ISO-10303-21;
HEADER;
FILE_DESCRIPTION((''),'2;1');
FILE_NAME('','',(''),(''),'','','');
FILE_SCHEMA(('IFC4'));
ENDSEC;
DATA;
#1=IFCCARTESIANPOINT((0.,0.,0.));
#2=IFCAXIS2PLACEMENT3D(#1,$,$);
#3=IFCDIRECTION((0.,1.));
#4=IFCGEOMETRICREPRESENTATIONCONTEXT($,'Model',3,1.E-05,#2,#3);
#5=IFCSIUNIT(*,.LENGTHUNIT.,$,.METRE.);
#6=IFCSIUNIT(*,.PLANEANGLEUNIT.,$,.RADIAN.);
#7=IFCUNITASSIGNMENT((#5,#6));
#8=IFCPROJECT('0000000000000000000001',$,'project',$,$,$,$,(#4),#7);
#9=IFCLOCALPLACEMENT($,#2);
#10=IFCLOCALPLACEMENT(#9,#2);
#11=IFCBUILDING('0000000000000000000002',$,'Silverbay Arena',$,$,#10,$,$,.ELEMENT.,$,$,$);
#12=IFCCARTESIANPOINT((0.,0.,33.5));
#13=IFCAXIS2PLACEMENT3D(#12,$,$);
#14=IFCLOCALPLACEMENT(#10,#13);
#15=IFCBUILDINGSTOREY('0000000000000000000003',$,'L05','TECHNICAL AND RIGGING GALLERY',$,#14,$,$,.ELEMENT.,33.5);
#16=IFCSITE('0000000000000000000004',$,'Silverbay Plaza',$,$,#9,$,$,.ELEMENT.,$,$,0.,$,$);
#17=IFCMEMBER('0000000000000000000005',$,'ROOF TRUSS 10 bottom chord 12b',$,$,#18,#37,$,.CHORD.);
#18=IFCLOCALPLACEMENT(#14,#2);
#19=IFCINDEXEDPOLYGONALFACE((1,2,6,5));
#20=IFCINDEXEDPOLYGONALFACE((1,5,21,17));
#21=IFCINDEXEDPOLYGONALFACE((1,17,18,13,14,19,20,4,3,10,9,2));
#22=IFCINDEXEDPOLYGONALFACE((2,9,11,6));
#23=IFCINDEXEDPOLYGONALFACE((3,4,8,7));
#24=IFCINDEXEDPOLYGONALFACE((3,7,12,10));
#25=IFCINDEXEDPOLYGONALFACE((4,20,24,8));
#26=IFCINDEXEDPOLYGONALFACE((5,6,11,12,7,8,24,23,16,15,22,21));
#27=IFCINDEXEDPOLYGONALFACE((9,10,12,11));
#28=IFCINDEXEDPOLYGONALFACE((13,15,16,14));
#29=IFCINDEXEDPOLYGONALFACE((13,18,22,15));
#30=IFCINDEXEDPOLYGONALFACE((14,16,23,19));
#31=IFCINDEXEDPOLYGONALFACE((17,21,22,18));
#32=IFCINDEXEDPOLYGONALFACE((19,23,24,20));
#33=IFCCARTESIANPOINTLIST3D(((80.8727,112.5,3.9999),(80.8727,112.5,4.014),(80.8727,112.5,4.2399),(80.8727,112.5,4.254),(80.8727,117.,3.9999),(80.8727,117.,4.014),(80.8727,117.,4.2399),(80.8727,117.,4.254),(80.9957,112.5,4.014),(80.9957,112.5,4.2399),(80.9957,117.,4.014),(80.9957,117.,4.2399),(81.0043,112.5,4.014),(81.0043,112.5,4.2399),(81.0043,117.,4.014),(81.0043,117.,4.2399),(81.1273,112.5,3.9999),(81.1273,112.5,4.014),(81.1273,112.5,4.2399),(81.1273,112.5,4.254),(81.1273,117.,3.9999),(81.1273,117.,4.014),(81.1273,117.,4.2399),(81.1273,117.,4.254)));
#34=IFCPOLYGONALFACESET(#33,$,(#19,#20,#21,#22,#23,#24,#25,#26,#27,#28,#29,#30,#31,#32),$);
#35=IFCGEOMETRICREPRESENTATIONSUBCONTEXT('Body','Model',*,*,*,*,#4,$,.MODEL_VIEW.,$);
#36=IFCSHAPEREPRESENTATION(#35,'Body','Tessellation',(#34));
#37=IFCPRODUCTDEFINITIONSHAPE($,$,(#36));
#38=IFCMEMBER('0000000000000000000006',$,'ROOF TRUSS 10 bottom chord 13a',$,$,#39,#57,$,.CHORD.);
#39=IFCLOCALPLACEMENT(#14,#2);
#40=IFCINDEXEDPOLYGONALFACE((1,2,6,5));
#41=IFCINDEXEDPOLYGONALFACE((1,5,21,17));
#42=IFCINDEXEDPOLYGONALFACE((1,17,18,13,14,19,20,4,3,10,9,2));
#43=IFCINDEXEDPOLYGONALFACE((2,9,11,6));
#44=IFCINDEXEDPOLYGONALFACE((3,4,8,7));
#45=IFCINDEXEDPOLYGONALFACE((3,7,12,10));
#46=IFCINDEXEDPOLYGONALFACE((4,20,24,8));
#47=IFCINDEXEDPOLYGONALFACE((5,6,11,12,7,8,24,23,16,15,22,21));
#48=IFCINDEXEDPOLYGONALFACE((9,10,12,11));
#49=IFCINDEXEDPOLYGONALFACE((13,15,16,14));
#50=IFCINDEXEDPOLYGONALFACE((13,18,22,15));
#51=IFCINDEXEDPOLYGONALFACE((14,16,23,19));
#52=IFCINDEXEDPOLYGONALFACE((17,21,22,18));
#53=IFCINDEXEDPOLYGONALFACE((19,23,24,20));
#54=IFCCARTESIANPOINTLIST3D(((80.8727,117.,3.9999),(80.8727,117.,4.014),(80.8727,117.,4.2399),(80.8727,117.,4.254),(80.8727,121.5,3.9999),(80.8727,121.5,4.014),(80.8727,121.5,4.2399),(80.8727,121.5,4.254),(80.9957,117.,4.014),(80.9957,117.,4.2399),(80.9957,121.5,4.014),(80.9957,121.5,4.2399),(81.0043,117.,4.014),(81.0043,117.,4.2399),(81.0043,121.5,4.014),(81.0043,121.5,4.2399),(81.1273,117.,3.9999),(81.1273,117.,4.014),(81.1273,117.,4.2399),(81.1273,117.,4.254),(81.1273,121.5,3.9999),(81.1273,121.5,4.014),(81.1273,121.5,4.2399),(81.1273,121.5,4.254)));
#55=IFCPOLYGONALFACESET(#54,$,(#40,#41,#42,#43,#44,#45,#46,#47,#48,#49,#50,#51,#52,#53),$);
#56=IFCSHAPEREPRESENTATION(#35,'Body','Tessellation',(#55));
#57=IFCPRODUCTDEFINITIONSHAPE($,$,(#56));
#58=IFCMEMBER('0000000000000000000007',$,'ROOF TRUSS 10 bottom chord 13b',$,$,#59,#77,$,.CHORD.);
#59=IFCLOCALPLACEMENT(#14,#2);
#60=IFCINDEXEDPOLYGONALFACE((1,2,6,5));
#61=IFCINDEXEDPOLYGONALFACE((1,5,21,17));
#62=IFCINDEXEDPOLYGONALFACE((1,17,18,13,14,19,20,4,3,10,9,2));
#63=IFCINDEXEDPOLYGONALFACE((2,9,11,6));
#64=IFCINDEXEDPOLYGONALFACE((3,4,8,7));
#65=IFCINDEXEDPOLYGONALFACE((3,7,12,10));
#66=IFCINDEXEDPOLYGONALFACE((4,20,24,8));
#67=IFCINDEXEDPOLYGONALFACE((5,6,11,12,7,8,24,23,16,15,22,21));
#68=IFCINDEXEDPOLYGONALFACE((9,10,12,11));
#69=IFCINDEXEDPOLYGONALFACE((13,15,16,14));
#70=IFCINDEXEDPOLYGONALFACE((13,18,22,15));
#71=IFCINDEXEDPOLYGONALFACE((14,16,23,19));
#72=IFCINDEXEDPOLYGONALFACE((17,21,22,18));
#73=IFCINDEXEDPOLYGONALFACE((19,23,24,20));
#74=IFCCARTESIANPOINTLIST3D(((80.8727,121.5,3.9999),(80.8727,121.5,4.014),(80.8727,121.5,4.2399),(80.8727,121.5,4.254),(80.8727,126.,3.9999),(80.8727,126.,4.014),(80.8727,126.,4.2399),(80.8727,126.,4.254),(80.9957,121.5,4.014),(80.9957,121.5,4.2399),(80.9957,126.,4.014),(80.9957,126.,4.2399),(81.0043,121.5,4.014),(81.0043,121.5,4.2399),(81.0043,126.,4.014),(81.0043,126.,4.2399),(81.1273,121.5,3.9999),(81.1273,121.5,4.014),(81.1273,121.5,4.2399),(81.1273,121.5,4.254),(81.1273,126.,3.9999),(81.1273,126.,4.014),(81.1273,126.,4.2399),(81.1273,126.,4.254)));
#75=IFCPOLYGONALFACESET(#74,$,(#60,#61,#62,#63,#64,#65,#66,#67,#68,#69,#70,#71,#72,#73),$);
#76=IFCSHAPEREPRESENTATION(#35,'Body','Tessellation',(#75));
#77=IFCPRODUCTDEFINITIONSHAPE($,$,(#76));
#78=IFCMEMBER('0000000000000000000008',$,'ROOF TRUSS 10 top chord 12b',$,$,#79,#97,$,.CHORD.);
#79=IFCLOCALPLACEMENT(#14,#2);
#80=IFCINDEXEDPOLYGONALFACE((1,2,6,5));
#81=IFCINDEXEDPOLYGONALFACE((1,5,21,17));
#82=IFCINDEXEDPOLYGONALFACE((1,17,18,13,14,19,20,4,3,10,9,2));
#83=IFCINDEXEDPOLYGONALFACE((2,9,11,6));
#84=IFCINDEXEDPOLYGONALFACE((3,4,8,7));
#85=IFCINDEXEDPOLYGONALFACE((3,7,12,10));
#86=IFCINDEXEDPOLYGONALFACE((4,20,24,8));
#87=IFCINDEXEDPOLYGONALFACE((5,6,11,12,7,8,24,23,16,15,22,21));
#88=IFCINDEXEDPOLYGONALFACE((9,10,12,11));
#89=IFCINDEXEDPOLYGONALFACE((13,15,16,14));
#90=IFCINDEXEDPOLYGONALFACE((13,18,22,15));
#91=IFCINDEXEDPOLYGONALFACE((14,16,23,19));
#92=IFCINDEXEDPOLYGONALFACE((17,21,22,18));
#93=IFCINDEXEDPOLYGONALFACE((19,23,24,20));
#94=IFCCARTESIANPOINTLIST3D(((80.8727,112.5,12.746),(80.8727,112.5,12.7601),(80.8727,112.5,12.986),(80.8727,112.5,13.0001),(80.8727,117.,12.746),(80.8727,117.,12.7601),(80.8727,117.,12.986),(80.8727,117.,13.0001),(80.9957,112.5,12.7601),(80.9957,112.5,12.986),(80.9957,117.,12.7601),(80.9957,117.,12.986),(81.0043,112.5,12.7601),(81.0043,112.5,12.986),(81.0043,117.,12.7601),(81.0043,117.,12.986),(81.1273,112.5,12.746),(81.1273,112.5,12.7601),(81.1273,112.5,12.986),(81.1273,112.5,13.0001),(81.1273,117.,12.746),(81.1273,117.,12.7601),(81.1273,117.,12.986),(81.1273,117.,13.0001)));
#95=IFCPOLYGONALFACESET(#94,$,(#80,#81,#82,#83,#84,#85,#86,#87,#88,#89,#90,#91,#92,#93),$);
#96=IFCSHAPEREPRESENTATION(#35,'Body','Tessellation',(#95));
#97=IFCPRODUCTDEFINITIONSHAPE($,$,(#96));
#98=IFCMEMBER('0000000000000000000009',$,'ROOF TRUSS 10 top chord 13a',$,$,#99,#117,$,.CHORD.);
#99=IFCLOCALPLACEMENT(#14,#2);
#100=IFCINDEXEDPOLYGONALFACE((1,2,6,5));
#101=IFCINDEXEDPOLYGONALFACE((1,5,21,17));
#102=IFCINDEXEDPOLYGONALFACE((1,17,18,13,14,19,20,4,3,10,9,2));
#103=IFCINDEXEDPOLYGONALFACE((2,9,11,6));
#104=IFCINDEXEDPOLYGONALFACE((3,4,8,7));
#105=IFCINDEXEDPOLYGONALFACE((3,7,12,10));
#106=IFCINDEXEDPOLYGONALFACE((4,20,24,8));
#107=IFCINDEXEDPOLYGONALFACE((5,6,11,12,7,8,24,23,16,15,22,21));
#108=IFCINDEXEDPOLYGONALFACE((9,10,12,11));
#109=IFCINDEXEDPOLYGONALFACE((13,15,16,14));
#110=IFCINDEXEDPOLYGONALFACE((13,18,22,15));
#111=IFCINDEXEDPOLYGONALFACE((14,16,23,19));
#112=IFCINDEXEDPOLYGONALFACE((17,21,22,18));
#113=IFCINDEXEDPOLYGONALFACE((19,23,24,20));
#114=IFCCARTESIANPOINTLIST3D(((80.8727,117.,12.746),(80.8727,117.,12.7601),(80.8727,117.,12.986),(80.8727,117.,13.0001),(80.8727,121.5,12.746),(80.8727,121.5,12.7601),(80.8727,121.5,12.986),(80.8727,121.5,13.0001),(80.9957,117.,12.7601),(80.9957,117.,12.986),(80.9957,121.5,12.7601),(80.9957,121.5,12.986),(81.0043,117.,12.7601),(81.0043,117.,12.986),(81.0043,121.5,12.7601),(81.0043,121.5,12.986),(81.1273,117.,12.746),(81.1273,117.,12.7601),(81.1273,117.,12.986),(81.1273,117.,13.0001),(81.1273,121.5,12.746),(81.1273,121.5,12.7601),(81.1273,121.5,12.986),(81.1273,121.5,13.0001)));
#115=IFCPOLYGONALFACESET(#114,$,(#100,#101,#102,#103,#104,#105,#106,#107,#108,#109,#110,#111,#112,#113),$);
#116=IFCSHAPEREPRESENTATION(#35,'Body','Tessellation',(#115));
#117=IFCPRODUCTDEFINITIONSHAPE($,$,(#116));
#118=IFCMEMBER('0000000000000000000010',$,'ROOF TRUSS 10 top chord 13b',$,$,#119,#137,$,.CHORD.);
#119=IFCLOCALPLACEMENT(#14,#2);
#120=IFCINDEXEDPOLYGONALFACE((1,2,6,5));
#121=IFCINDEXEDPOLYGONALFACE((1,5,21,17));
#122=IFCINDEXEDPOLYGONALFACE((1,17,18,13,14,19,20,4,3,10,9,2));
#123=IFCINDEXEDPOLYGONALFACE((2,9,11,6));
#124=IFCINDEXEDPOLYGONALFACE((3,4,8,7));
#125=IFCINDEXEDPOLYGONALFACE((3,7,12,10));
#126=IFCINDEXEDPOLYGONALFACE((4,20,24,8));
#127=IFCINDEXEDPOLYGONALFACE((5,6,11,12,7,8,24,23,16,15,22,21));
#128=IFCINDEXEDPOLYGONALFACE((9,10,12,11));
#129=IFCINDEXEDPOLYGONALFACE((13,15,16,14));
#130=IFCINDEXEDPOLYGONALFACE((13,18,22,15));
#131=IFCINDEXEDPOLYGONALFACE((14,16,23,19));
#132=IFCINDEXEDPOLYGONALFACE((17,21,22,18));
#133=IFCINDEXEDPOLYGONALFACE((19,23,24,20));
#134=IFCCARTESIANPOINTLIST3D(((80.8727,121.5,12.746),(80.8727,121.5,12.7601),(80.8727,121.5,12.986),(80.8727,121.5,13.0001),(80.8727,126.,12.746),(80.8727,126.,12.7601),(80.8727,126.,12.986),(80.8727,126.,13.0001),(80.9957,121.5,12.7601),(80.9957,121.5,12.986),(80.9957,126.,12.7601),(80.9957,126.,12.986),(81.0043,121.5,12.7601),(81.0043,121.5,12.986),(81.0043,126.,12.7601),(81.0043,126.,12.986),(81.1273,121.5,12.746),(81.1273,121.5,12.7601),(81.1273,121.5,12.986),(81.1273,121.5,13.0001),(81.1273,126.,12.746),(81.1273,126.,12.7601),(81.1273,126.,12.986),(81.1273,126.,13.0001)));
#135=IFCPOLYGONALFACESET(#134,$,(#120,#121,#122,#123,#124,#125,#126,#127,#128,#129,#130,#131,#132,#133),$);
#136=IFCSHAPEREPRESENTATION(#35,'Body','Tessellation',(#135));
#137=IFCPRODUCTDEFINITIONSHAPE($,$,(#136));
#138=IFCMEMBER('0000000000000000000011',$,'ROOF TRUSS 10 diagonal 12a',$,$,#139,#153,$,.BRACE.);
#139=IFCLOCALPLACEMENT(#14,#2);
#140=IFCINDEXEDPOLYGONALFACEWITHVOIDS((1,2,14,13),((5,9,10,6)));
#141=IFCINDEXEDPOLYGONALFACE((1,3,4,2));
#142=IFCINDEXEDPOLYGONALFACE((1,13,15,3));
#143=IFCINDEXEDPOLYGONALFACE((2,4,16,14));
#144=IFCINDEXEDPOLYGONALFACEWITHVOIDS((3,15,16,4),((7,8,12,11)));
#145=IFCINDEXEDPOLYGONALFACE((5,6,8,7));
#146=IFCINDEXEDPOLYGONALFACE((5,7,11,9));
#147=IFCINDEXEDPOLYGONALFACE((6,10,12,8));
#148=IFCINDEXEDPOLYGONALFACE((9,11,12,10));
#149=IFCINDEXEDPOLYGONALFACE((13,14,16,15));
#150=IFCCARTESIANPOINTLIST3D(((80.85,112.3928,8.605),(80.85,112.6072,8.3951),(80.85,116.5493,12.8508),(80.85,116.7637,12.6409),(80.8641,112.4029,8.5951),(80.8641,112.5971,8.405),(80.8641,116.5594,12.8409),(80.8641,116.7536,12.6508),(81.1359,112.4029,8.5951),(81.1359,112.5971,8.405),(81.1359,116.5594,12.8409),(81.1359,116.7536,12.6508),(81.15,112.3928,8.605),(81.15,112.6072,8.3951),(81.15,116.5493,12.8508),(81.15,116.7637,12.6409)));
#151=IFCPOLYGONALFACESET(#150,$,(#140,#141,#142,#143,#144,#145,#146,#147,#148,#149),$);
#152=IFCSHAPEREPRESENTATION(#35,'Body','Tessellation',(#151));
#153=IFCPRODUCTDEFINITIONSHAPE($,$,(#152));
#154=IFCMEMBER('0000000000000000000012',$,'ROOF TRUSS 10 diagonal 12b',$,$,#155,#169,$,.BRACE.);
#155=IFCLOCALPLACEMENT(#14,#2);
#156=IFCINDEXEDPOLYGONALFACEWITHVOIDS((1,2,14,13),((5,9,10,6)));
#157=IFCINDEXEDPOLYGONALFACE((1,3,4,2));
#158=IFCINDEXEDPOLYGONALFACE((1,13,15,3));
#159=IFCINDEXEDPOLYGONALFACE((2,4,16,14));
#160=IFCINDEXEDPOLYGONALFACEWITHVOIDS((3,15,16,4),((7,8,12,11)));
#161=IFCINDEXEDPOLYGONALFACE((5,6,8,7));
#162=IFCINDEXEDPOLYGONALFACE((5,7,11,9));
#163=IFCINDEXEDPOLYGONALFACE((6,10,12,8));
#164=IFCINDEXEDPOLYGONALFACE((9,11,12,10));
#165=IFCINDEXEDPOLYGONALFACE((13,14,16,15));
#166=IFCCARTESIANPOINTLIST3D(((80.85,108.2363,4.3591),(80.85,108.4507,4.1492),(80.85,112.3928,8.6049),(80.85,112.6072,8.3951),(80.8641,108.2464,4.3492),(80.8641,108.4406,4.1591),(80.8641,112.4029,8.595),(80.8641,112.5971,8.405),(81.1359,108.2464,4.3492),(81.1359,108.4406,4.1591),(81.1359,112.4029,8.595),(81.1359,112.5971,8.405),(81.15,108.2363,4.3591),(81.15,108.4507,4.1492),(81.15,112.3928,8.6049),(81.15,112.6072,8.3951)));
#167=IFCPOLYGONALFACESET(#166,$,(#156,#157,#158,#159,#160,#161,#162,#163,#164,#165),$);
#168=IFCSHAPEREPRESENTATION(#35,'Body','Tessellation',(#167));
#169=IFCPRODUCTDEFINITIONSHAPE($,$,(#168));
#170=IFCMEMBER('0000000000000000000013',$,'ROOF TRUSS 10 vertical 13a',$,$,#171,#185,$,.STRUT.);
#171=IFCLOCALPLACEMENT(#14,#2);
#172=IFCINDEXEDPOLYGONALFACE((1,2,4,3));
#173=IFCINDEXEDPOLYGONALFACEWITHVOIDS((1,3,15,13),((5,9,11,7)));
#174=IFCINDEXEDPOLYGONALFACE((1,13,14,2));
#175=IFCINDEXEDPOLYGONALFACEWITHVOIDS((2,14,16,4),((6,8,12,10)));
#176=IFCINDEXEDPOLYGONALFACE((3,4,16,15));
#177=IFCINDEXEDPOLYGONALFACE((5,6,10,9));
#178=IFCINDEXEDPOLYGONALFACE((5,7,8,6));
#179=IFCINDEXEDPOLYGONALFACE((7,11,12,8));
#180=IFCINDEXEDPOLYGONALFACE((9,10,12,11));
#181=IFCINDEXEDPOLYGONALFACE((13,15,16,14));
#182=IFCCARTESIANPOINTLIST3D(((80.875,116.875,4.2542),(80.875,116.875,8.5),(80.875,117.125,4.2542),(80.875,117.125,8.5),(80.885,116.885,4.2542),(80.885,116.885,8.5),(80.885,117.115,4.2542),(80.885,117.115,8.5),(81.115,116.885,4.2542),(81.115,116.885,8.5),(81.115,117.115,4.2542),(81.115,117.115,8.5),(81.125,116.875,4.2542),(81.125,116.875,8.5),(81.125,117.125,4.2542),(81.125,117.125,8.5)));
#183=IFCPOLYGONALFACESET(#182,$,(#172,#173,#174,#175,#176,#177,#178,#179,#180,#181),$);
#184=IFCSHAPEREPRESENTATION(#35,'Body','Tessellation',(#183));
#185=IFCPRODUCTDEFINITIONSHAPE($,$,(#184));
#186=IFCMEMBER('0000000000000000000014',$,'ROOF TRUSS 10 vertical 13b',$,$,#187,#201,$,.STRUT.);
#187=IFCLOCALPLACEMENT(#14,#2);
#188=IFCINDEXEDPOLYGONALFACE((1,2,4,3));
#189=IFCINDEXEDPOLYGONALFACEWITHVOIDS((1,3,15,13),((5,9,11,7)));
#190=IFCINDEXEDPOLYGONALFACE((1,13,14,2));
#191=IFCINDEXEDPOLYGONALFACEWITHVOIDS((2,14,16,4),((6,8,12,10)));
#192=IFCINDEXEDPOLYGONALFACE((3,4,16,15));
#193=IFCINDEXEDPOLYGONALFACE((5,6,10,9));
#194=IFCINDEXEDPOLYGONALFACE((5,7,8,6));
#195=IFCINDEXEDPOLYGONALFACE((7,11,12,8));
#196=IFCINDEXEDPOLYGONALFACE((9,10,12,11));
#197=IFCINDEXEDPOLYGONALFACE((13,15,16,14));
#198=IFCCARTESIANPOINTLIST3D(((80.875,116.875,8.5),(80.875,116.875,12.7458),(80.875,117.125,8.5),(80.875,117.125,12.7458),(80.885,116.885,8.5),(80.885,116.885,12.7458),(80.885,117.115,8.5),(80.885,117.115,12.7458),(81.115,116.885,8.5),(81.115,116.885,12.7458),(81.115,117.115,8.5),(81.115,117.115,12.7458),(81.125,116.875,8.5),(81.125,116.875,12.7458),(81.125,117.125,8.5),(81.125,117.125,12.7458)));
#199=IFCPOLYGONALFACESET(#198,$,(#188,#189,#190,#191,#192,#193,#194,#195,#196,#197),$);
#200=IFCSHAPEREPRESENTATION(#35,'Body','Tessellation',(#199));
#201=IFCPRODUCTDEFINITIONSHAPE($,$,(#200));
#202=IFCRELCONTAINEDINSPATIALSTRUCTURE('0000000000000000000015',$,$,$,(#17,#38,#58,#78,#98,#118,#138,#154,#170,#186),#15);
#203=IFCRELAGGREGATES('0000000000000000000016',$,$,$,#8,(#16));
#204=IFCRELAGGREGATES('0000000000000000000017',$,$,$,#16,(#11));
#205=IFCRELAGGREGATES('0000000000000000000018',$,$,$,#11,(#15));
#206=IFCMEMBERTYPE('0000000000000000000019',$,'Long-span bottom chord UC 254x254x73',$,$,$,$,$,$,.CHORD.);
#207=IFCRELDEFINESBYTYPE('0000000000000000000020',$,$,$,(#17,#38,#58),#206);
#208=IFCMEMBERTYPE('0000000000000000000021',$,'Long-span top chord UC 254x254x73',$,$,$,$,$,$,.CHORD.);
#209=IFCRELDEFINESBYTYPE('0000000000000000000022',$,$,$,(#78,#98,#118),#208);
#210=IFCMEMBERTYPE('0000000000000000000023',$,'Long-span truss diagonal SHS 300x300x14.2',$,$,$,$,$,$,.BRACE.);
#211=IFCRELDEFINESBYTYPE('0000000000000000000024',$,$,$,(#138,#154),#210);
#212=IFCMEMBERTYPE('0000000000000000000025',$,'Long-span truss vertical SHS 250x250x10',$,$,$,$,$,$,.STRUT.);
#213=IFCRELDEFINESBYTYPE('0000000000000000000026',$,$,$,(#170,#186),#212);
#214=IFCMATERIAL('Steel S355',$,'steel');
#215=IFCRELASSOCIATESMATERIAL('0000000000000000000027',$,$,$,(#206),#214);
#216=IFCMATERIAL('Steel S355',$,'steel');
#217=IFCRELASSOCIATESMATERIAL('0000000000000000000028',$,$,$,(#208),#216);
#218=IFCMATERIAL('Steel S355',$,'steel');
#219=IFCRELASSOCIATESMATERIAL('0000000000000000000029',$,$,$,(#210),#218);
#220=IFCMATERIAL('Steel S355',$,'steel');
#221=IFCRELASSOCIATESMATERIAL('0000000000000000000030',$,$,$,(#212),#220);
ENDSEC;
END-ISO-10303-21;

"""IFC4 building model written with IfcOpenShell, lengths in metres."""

from ifc_helpers import new_model, si_unit, direction, frame, origin, origin_2d, place, context, subcontext, project, spatial, hollow_rectangle, i_section, extrude, material, material_profile, profile_set, type_object, element, save


model = new_model("IFC4")

# Units and contexts
model_context = context("Model", 3, precision=1e-05, world=origin(), true_north=direction((0.0, 1.0)))
body_context = subcontext(model_context, "Body", "Model", "MODEL_VIEW")
ifc_project = project(units=[si_unit("LENGTHUNIT", "METRE"), si_unit("PLANEANGLEUNIT", "RADIAN")], contexts=[model_context])

# Site, building, storey
site_placement = place(None, origin())
site = spatial("IfcSite", under=ifc_project, at=site_placement, Name="Silverbay Plaza", CompositionType="ELEMENT", RefElevation=0.0)
building_placement = place(site_placement, origin())
building = spatial("IfcBuilding", under=site, at=building_placement, Name="Silverbay Arena", CompositionType="ELEMENT")
storey_placement = place(building_placement, frame((0.0, 0.0, 33.5)))
storey = spatial("IfcBuildingStorey", under=building, at=storey_placement, Name="L05", Description="TECHNICAL AND RIGGING GALLERY", CompositionType="ELEMENT", Elevation=33.5)

# Members
ifc_material_1 = material(Name="Steel S355", Category="steel")
ifc_material_profile_1 = material_profile(ifc_material_1, i_section(OverallWidth=0.2546, OverallDepth=0.2542, WebThickness=0.0085, FlangeThickness=0.0142, at=origin_2d()), Name="UC 254x254x73")
ifc_profile_set_1 = profile_set([ifc_material_profile_1], Name="Steel S355")
member_type_1 = type_object("IfcMemberType", Name="Long-span bottom chord UC 254x254x73", PredefinedType="CHORD", material=ifc_profile_set_1)
for number, where, z_axis, x_axis, name in (
    (1, (81.0, 112.5, 4.127), (0.0, 1.0, 0.0), (-1.0, 0.0, 0.0), "ROOF TRUSS 10 bottom chord 12b"),
    (2, (81.0, 117.0, 4.127), (0.0, 1.0, 0.0), (-1.0, 0.0, 0.0), "ROOF TRUSS 10 bottom chord 13a"),
    (3, (81.0, 121.5, 4.127), (0.0, 1.0, 0.0), (-1.0, 0.0, 0.0), "ROOF TRUSS 10 bottom chord 13b"),
):
    element("IfcMember", number, at=place(storey_placement, frame(where, z_axis=z_axis, x_axis=x_axis)), inside=storey, type_object=member_type_1, Name=name, PredefinedType="CHORD", context=body_context, shape_type="SweptSolid", body=[
        extrude(i_section(OverallWidth=0.2546, OverallDepth=0.2542, WebThickness=0.0085, FlangeThickness=0.0142, at=origin_2d()), origin(), (0.0, 0.0, 1.0), 4.5),
    ])
ifc_material_2 = material(Name="Steel S355", Category="steel")
ifc_material_profile_2 = material_profile(ifc_material_2, i_section(OverallWidth=0.2546, OverallDepth=0.2542, WebThickness=0.0085, FlangeThickness=0.0142, at=origin_2d()), Name="UC 254x254x73")
ifc_profile_set_2 = profile_set([ifc_material_profile_2], Name="Steel S355")
member_type_2 = type_object("IfcMemberType", Name="Long-span top chord UC 254x254x73", PredefinedType="CHORD", material=ifc_profile_set_2)
for number, where, z_axis, x_axis, name in (
    (4, (81.0, 112.5, 12.873), (0.0, 1.0, 0.0), (-1.0, 0.0, 0.0), "ROOF TRUSS 10 top chord 12b"),
    (5, (81.0, 117.0, 12.873), (0.0, 1.0, 0.0), (-1.0, 0.0, 0.0), "ROOF TRUSS 10 top chord 13a"),
    (6, (81.0, 121.5, 12.873), (0.0, 1.0, 0.0), (-1.0, 0.0, 0.0), "ROOF TRUSS 10 top chord 13b"),
):
    element("IfcMember", number, at=place(storey_placement, frame(where, z_axis=z_axis, x_axis=x_axis)), inside=storey, type_object=member_type_2, Name=name, PredefinedType="CHORD", context=body_context, shape_type="SweptSolid", body=[
        extrude(i_section(OverallWidth=0.2546, OverallDepth=0.2542, WebThickness=0.0085, FlangeThickness=0.0142, at=origin_2d()), origin(), (0.0, 0.0, 1.0), 4.5),
    ])
ifc_material_3 = material(Name="Steel S355", Category="steel")
ifc_material_profile_3 = material_profile(ifc_material_3, hollow_rectangle(XDim=0.3, YDim=0.3, WallThickness=0.0142, at=origin_2d()), Name="SHS 300x300x14.2")
ifc_profile_set_3 = profile_set([ifc_material_profile_3], Name="Steel S355")
member_type_3 = type_object("IfcMemberType", Name="Long-span truss diagonal SHS 300x300x14.2", PredefinedType="BRACE", material=ifc_profile_set_3)
for number, where, z_axis, x_axis, name in (
    (7, (81.0, 116.6565, 12.7458), (0.0, -0.699547, -0.714586), (1.0, 0.0, 0.0), "ROOF TRUSS 10 diagonal 12a"),
    (8, (81.0, 112.5, 8.5), (0.0, -0.699547, -0.714586), (1.0, 0.0, 0.0), "ROOF TRUSS 10 diagonal 12b"),
):
    element("IfcMember", number, at=place(storey_placement, frame(where, z_axis=z_axis, x_axis=x_axis)), inside=storey, type_object=member_type_3, Name=name, PredefinedType="BRACE", context=body_context, shape_type="SweptSolid", body=[
        extrude(hollow_rectangle(XDim=0.3, YDim=0.3, WallThickness=0.0142, at=origin_2d()), origin(), (0.0, 0.0, 1.0), 5.9417),
    ])
ifc_material_4 = material(Name="Steel S355", Category="steel")
ifc_material_profile_4 = material_profile(ifc_material_4, hollow_rectangle(XDim=0.25, YDim=0.25, WallThickness=0.01, at=origin_2d()), Name="SHS 250x250x10")
ifc_profile_set_4 = profile_set([ifc_material_profile_4], Name="Steel S355")
member_type_4 = type_object("IfcMemberType", Name="Long-span truss vertical SHS 250x250x10", PredefinedType="STRUT", material=ifc_profile_set_4)
for number, where, z_axis, x_axis, name in (
    (9, (81.0, 117.0, 4.2542), (0.0, 0.0, 1.0), (1.0, 0.0, 0.0), "ROOF TRUSS 10 vertical 13a"),
    (10, (81.0, 117.0, 8.5), (0.0, 0.0, 1.0), (1.0, 0.0, 0.0), "ROOF TRUSS 10 vertical 13b"),
):
    element("IfcMember", number, at=place(storey_placement, frame(where, z_axis=z_axis, x_axis=x_axis)), inside=storey, type_object=member_type_4, Name=name, PredefinedType="STRUT", context=body_context, shape_type="SweptSolid", body=[
        extrude(hollow_rectangle(XDim=0.25, YDim=0.25, WallThickness=0.01, at=origin_2d()), origin(), (0.0, 0.0, 1.0), 4.2458),
    ])

save(model, "model.ifc")
